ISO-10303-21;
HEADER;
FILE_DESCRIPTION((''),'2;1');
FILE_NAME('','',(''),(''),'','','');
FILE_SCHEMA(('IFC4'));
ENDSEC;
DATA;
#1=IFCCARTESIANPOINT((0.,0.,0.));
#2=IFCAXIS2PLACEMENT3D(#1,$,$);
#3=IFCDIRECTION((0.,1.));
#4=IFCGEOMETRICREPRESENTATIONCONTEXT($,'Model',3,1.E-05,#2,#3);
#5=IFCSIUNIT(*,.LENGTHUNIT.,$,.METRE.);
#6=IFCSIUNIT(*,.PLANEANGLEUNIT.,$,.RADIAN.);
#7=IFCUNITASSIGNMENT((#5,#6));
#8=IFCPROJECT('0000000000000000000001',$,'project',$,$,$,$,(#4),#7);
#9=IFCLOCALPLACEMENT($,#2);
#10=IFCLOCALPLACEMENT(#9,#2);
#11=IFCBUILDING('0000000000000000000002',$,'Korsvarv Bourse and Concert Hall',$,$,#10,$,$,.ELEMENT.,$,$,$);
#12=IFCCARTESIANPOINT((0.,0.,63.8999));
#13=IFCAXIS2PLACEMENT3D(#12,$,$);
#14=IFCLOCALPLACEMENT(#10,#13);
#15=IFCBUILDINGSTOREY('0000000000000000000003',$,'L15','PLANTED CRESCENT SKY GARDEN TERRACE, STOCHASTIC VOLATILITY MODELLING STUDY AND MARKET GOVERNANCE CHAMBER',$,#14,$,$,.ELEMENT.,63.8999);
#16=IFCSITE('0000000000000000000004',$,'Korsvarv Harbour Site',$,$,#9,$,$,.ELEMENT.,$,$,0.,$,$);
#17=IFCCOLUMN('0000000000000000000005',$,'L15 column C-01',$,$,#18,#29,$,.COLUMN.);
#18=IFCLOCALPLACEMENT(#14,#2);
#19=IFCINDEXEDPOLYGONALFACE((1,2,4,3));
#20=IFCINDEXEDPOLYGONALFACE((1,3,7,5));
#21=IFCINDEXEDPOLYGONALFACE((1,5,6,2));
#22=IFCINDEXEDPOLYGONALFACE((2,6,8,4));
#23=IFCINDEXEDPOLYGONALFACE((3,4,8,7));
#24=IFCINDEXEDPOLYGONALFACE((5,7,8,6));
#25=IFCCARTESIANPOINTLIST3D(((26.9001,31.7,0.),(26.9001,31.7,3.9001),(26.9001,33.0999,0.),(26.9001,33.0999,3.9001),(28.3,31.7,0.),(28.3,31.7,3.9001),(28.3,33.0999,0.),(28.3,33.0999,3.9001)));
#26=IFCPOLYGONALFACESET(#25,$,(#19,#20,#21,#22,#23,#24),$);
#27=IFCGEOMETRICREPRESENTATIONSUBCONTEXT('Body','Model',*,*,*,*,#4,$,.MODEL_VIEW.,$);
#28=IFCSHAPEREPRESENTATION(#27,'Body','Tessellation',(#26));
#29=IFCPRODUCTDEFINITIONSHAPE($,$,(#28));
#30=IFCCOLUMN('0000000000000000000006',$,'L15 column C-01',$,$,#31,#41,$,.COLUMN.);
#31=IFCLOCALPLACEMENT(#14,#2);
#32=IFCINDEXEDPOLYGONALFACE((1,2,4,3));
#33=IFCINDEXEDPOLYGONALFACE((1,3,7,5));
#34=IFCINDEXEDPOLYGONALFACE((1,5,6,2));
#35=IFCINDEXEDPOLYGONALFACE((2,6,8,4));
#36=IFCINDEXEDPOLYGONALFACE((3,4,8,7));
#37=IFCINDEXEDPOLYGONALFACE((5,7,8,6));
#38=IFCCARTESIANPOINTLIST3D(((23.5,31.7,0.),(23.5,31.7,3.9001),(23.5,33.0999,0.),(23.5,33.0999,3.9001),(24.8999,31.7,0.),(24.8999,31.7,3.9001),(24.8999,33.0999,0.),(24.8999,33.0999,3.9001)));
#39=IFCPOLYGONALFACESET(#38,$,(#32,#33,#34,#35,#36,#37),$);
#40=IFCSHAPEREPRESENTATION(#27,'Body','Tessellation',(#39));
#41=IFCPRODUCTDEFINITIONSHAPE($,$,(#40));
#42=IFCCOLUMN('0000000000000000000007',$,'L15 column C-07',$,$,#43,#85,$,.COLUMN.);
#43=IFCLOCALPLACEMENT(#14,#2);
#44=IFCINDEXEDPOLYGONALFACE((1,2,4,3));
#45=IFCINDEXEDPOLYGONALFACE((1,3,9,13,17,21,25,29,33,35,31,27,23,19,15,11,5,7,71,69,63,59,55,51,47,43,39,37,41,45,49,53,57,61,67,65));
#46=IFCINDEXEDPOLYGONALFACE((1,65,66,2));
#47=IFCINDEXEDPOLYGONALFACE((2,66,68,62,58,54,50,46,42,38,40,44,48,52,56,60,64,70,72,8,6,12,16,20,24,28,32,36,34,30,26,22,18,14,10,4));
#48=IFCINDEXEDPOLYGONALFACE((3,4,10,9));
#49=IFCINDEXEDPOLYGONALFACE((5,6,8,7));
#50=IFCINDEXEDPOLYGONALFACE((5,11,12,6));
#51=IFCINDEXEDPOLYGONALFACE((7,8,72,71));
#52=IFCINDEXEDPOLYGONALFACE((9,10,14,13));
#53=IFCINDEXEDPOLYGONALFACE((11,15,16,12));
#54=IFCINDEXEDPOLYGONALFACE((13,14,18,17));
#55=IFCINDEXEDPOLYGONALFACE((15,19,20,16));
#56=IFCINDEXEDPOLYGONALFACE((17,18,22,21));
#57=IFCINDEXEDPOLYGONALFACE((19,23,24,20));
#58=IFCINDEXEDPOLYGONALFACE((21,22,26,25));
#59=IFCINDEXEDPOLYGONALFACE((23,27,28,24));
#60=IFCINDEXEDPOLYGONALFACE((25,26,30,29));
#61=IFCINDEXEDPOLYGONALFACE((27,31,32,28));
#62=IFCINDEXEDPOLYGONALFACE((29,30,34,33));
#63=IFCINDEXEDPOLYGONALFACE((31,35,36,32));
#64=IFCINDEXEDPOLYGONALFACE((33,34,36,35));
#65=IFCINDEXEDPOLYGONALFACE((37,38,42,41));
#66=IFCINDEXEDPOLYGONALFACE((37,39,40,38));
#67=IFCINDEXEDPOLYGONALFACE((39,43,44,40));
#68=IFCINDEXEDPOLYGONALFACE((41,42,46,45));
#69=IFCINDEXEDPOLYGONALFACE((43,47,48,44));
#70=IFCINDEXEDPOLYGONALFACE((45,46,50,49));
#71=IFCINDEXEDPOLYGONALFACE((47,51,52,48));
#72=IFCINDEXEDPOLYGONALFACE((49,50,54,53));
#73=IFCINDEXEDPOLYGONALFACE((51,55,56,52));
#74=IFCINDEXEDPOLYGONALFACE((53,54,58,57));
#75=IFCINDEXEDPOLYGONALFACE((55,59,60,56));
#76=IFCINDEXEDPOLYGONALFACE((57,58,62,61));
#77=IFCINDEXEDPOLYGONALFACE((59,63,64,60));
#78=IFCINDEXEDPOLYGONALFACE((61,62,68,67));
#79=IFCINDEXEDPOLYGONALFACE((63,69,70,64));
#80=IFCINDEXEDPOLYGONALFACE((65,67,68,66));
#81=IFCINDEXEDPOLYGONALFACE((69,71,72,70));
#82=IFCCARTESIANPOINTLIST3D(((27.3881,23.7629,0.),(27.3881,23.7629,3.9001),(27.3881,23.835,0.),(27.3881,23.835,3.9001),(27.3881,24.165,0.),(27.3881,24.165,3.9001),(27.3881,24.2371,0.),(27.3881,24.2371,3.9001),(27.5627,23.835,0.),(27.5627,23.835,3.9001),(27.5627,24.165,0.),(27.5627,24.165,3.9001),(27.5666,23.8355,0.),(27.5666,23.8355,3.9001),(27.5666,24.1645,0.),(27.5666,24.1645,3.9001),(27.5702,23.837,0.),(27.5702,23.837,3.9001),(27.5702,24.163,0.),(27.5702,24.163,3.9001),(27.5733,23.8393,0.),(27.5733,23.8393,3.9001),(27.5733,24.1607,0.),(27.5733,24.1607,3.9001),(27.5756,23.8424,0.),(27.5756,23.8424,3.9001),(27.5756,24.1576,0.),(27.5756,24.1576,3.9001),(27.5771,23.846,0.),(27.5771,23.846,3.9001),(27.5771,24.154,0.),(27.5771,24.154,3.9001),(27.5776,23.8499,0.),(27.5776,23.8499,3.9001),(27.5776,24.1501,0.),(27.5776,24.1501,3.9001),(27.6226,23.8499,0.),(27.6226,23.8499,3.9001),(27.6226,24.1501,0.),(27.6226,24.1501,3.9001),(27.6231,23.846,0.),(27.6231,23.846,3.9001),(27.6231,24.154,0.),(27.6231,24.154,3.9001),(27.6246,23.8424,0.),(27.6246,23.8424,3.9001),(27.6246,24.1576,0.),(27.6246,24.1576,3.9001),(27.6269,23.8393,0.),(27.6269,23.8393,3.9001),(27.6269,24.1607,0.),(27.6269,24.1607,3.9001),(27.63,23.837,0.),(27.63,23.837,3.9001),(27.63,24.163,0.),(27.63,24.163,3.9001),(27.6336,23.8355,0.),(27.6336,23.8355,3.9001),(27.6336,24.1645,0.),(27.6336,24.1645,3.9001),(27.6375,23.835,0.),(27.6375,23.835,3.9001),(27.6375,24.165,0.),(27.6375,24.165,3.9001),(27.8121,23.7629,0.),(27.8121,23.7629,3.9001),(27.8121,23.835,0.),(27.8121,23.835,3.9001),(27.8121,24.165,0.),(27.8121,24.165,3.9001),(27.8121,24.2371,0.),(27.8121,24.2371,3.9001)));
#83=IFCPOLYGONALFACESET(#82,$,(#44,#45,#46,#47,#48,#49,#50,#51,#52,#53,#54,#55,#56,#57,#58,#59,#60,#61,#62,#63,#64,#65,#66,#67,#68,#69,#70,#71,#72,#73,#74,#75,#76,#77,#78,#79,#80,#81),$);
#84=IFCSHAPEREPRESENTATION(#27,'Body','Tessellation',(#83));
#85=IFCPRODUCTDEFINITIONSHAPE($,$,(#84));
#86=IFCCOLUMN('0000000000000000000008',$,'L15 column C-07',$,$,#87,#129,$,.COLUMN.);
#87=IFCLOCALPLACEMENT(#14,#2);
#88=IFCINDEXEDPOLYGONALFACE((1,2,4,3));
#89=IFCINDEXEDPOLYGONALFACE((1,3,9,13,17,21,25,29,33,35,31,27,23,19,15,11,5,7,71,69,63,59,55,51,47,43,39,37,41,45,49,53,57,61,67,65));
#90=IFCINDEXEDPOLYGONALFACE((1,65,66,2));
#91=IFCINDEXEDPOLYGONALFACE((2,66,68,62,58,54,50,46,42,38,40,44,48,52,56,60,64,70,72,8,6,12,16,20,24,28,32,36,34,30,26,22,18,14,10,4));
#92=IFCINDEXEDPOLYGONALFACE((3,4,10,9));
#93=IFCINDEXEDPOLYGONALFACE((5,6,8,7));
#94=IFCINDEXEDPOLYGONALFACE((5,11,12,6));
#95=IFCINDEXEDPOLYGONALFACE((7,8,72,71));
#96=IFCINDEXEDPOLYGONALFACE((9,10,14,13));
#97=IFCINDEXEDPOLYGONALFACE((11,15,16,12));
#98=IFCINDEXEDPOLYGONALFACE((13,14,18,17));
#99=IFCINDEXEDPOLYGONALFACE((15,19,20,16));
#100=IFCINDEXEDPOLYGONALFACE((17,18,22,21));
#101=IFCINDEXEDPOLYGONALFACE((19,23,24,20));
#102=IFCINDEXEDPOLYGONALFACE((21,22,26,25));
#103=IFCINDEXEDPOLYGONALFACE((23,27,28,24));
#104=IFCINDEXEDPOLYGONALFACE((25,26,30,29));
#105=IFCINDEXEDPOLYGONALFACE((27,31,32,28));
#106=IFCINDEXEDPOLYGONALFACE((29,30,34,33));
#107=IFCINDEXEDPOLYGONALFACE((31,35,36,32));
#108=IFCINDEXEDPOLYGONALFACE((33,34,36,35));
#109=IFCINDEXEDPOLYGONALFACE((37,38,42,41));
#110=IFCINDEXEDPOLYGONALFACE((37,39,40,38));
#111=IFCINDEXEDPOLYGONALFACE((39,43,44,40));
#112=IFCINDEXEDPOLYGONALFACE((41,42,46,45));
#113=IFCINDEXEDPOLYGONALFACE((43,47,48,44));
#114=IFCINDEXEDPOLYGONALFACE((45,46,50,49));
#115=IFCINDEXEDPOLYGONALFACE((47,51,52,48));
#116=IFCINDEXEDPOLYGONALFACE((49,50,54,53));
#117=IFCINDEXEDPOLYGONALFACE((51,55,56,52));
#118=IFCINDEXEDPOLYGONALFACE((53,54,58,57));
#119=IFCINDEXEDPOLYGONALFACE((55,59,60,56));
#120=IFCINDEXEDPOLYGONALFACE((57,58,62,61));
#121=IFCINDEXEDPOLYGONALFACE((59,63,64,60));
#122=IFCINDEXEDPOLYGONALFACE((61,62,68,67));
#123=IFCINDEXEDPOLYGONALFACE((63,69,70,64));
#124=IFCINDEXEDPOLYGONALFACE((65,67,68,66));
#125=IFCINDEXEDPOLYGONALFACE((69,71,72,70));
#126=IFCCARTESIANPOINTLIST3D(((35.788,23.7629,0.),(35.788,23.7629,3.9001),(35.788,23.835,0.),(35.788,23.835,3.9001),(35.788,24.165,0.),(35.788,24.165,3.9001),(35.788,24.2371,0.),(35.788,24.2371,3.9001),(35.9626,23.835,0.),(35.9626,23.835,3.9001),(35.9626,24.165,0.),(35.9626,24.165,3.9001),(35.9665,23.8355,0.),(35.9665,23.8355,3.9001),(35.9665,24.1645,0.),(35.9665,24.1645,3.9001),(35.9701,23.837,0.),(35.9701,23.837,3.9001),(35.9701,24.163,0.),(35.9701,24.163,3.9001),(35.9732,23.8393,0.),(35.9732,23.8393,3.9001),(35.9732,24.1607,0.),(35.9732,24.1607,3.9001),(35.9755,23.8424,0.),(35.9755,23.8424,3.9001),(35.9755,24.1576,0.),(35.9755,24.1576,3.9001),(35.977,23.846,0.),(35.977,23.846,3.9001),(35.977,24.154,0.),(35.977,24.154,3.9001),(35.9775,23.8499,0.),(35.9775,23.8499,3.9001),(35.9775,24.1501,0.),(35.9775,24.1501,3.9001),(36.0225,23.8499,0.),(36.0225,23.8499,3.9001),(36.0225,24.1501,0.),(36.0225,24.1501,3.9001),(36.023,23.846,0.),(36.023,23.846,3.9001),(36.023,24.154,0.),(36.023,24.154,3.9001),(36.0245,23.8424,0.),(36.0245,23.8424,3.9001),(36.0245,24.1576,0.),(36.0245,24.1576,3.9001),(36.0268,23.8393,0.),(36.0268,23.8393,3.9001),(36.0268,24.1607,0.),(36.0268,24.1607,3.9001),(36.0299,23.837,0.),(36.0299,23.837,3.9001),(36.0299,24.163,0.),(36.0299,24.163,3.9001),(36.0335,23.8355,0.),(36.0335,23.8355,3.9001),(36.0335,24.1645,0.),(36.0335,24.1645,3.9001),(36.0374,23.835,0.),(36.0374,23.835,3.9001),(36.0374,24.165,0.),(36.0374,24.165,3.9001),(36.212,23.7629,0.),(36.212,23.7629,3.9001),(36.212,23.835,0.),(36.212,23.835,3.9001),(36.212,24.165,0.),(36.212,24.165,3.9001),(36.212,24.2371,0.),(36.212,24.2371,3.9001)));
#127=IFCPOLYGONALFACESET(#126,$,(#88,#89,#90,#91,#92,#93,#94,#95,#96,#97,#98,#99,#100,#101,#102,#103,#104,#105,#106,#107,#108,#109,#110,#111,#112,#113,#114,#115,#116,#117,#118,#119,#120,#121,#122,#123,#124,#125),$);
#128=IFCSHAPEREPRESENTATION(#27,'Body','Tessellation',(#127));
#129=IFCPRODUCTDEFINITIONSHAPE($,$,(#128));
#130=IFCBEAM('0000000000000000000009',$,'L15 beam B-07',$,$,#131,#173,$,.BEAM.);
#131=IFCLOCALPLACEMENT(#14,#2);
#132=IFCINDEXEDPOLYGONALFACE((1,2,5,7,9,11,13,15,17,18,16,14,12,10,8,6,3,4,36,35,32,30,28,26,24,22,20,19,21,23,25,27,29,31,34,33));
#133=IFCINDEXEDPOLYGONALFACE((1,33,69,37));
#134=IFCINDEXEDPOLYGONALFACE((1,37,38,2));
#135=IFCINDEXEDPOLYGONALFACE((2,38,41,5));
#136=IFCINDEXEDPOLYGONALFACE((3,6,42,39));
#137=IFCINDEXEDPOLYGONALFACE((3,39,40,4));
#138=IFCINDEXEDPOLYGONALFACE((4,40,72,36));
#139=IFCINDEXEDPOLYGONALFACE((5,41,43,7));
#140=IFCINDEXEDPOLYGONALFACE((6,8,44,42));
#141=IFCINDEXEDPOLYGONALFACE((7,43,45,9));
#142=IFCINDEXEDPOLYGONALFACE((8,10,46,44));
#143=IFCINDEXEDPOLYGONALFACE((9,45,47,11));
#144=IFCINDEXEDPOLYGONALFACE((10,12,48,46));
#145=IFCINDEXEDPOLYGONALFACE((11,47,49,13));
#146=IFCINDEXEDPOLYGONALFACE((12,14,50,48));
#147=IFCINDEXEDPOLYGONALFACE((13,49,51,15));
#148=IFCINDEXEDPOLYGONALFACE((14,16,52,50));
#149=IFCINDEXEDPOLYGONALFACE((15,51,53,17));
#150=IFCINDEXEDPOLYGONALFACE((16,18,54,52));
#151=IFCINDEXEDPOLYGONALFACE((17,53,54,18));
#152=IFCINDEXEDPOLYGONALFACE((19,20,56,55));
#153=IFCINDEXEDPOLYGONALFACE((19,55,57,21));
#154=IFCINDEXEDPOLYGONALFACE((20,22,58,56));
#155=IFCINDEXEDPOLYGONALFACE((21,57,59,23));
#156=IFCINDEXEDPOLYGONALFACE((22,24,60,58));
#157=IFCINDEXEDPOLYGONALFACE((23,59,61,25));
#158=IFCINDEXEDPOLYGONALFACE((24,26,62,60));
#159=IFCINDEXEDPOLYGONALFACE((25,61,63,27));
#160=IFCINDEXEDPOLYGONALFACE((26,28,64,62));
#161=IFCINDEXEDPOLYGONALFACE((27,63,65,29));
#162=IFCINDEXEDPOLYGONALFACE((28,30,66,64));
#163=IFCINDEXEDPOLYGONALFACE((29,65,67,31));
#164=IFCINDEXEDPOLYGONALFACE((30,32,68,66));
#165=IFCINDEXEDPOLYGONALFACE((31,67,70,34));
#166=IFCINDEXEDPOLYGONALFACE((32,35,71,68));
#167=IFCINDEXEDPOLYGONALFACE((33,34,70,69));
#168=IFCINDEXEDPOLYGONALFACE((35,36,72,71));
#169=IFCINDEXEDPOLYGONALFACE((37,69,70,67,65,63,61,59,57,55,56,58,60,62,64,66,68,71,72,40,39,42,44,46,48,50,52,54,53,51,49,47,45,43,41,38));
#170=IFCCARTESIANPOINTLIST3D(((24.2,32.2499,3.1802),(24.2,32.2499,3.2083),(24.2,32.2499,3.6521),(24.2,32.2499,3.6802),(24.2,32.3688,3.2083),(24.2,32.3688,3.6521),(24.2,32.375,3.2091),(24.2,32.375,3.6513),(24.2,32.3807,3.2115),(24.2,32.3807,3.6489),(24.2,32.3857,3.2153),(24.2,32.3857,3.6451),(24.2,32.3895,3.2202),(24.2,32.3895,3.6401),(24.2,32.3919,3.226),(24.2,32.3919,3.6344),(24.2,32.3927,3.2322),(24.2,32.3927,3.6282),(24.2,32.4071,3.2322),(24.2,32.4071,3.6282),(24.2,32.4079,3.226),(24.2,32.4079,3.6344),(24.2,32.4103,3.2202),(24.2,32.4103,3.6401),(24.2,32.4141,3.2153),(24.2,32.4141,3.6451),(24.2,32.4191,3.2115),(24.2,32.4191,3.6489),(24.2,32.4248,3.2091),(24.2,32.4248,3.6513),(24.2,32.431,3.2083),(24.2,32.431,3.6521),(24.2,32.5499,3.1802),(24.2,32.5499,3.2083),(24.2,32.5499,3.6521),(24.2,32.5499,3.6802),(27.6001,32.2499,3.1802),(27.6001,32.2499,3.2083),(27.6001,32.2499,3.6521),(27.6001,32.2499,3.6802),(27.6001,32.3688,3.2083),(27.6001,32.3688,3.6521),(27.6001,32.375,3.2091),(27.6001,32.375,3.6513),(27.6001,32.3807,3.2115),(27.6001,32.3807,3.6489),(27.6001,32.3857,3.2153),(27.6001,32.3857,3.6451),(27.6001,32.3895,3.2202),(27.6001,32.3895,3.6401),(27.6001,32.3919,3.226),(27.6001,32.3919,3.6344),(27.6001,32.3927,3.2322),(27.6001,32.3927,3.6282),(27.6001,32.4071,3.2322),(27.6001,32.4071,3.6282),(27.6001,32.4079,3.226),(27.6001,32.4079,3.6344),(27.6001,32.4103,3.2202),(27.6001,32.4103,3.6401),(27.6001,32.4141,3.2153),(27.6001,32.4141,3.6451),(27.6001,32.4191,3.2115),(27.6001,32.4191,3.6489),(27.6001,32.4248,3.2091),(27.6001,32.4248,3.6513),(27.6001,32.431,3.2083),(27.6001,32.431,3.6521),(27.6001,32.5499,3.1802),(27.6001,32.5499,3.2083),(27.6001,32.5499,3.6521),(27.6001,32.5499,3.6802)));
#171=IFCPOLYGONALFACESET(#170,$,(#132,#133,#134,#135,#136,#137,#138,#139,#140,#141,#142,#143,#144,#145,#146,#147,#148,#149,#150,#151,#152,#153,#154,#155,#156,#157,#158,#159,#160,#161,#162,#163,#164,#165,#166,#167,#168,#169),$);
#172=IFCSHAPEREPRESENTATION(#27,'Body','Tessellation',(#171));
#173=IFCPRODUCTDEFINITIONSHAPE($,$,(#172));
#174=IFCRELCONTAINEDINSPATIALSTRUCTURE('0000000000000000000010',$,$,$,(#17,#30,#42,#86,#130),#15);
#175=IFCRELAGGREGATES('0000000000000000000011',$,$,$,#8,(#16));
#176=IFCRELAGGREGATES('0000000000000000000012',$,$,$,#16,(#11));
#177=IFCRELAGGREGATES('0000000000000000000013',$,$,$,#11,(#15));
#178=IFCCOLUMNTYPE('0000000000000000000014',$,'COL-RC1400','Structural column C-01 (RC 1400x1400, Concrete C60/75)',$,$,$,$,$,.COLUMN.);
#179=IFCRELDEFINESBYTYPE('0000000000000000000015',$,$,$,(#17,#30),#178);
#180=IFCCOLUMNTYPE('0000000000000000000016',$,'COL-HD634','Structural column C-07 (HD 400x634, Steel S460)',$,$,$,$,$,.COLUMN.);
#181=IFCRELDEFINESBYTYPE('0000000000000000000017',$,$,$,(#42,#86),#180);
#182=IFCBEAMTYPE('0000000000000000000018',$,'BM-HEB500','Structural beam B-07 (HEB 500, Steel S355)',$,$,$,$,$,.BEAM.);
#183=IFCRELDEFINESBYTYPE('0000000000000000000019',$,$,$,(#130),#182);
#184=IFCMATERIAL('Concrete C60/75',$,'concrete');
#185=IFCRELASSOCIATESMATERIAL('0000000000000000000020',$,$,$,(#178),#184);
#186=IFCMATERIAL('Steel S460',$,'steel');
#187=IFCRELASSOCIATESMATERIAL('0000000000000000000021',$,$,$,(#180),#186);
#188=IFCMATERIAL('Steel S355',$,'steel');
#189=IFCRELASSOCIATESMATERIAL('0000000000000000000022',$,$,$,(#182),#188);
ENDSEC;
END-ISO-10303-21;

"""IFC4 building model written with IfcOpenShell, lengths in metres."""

from ifc_helpers import new_model, si_unit, direction, frame, origin, origin_2d, place, context, subcontext, project, spatial, rectangle, i_section, extrude, source, transform, mapped, material, material_profile, profile_set, type_object, element, save


model = new_model("IFC4")

# Units and contexts
model_context = context("Model", 3, precision=1e-05, world=origin(), true_north=direction((0.0, 1.0)))
body_context = subcontext(model_context, "Body", "Model", "MODEL_VIEW")
ifc_project = project(units=[si_unit("LENGTHUNIT", "METRE"), si_unit("PLANEANGLEUNIT", "RADIAN")], contexts=[model_context])

# Site, building, storey
site_placement = place(None, origin())
site = spatial("IfcSite", under=ifc_project, at=site_placement, Name="Korsvarv Harbour Site", CompositionType="ELEMENT", RefElevation=0.0)
building_placement = place(site_placement, origin())
building = spatial("IfcBuilding", under=site, at=building_placement, Name="Korsvarv Bourse and Concert Hall", CompositionType="ELEMENT")
storey_placement = place(building_placement, frame((0.0, 0.0, 63.8999)))
storey = spatial("IfcBuildingStorey", under=building, at=storey_placement, Name="L15", Description="PLANTED CRESCENT SKY GARDEN TERRACE, STOCHASTIC VOLATILITY MODELLING STUDY AND MARKET GOVERNANCE CHAMBER", CompositionType="ELEMENT", Elevation=63.8999)

# Columns
ifc_material_1 = material(Name="Concrete C60/75", Category="concrete")
ifc_material_profile_1 = material_profile(ifc_material_1, rectangle(XDim=1.3999, YDim=1.3999, at=origin_2d()), Name="RC 1400x1400")
ifc_profile_set_1 = profile_set([ifc_material_profile_1], Name="Concrete C60/75")
column_type_1 = type_object("IfcColumnType", Name="COL-RC1400", Description="Structural column C-01 (RC 1400x1400, Concrete C60/75)", PredefinedType="COLUMN", material=ifc_profile_set_1)
shared_shape_1 = source(origin(), body_context, "Body", "SweptSolid", [
    extrude(rectangle(XDim=1.3999, YDim=1.3999, at=origin_2d()), origin(), (0.0, 0.0, 1.0), 3.9001),
])
for number, where, z_axis, x_axis, name in (
    (1, (27.6001, 32.3999, 0.0), (0.0, 0.0, 1.0), (1.0, 0.0, 0.0), "L15 column C-01"),
    (2, (24.2, 32.3999, 0.0), (0.0, 0.0, 1.0), (1.0, 0.0, 0.0), "L15 column C-01"),
):
    element("IfcColumn", number, at=place(storey_placement, frame(where, z_axis=z_axis, x_axis=x_axis)), inside=storey, type_object=column_type_1, Name=name, PredefinedType="COLUMN", context=body_context, shape_type="MappedRepresentation", body=[
        mapped(shared_shape_1, transform((0.0, 0.0, 0.0), scale=1.0)),
    ])
ifc_material_2 = material(Name="Steel S460", Category="steel")
ifc_material_profile_2 = material_profile(ifc_material_2, i_section(OverallWidth=0.4241, OverallDepth=0.4741, WebThickness=0.0449, FlangeThickness=0.072, FilletRadius=0.0149, at=origin_2d()), Name="HD 400x634")
ifc_profile_set_2 = profile_set([ifc_material_profile_2], Name="Steel S460")
column_type_2 = type_object("IfcColumnType", Name="COL-HD634", Description="Structural column C-07 (HD 400x634, Steel S460)", PredefinedType="COLUMN", material=ifc_profile_set_2)
shared_shape_2 = source(origin(), body_context, "Body", "SweptSolid", [
    extrude(i_section(OverallWidth=0.4241, OverallDepth=0.4741, WebThickness=0.0449, FlangeThickness=0.072, FilletRadius=0.0149, at=origin_2d()), origin(), (0.0, 0.0, 1.0), 3.9001),
])
for number, where, z_axis, x_axis, name in (
    (3, (27.6001, 24.0, 0.0), (0.0, 0.0, 1.0), (1.0, 0.0, 0.0), "L15 column C-07"),
    (4, (36.0, 24.0, 0.0), (0.0, 0.0, 1.0), (1.0, 0.0, 0.0), "L15 column C-07"),
):
    element("IfcColumn", number, at=place(storey_placement, frame(where, z_axis=z_axis, x_axis=x_axis)), inside=storey, type_object=column_type_2, Name=name, PredefinedType="COLUMN", context=body_context, shape_type="MappedRepresentation", body=[
        mapped(shared_shape_2, transform((0.0, 0.0, 0.0), scale=1.0)),
    ])

# Beam
ifc_material_3 = material(Name="Steel S355", Category="steel")
ifc_material_profile_3 = material_profile(ifc_material_3, i_section(OverallWidth=0.3, OverallDepth=0.5, WebThickness=0.0144, FlangeThickness=0.0281, FilletRadius=0.0239, at=origin_2d()), Name="HEB 500")
ifc_profile_set_3 = profile_set([ifc_material_profile_3], Name="Steel S355")
beam_type_1 = type_object("IfcBeamType", Name="BM-HEB500", Description="Structural beam B-07 (HEB 500, Steel S355)", PredefinedType="BEAM", material=ifc_profile_set_3)
shared_shape_3 = source(origin(), body_context, "Body", "SweptSolid", [
    extrude(i_section(OverallWidth=0.3, OverallDepth=0.5, WebThickness=0.0144, FlangeThickness=0.0281, FilletRadius=0.0239, at=origin_2d()), origin(), (0.0, 0.0, 1.0), 3.4001),
])
beam_1_placement = place(storey_placement, frame((24.2, 32.3999, 3.4302), z_axis=(1.0, 0.0, 0.0), x_axis=(0.0, 1.0, 0.0)))
element("IfcBeam", 5, at=beam_1_placement, inside=storey, type_object=beam_type_1, Name="L15 beam B-07", PredefinedType="BEAM", context=body_context, shape_type="MappedRepresentation", body=[
    mapped(shared_shape_3, transform((0.0, 0.0, 0.0), scale=1.0)),
])

save(model, "model.ifc")
